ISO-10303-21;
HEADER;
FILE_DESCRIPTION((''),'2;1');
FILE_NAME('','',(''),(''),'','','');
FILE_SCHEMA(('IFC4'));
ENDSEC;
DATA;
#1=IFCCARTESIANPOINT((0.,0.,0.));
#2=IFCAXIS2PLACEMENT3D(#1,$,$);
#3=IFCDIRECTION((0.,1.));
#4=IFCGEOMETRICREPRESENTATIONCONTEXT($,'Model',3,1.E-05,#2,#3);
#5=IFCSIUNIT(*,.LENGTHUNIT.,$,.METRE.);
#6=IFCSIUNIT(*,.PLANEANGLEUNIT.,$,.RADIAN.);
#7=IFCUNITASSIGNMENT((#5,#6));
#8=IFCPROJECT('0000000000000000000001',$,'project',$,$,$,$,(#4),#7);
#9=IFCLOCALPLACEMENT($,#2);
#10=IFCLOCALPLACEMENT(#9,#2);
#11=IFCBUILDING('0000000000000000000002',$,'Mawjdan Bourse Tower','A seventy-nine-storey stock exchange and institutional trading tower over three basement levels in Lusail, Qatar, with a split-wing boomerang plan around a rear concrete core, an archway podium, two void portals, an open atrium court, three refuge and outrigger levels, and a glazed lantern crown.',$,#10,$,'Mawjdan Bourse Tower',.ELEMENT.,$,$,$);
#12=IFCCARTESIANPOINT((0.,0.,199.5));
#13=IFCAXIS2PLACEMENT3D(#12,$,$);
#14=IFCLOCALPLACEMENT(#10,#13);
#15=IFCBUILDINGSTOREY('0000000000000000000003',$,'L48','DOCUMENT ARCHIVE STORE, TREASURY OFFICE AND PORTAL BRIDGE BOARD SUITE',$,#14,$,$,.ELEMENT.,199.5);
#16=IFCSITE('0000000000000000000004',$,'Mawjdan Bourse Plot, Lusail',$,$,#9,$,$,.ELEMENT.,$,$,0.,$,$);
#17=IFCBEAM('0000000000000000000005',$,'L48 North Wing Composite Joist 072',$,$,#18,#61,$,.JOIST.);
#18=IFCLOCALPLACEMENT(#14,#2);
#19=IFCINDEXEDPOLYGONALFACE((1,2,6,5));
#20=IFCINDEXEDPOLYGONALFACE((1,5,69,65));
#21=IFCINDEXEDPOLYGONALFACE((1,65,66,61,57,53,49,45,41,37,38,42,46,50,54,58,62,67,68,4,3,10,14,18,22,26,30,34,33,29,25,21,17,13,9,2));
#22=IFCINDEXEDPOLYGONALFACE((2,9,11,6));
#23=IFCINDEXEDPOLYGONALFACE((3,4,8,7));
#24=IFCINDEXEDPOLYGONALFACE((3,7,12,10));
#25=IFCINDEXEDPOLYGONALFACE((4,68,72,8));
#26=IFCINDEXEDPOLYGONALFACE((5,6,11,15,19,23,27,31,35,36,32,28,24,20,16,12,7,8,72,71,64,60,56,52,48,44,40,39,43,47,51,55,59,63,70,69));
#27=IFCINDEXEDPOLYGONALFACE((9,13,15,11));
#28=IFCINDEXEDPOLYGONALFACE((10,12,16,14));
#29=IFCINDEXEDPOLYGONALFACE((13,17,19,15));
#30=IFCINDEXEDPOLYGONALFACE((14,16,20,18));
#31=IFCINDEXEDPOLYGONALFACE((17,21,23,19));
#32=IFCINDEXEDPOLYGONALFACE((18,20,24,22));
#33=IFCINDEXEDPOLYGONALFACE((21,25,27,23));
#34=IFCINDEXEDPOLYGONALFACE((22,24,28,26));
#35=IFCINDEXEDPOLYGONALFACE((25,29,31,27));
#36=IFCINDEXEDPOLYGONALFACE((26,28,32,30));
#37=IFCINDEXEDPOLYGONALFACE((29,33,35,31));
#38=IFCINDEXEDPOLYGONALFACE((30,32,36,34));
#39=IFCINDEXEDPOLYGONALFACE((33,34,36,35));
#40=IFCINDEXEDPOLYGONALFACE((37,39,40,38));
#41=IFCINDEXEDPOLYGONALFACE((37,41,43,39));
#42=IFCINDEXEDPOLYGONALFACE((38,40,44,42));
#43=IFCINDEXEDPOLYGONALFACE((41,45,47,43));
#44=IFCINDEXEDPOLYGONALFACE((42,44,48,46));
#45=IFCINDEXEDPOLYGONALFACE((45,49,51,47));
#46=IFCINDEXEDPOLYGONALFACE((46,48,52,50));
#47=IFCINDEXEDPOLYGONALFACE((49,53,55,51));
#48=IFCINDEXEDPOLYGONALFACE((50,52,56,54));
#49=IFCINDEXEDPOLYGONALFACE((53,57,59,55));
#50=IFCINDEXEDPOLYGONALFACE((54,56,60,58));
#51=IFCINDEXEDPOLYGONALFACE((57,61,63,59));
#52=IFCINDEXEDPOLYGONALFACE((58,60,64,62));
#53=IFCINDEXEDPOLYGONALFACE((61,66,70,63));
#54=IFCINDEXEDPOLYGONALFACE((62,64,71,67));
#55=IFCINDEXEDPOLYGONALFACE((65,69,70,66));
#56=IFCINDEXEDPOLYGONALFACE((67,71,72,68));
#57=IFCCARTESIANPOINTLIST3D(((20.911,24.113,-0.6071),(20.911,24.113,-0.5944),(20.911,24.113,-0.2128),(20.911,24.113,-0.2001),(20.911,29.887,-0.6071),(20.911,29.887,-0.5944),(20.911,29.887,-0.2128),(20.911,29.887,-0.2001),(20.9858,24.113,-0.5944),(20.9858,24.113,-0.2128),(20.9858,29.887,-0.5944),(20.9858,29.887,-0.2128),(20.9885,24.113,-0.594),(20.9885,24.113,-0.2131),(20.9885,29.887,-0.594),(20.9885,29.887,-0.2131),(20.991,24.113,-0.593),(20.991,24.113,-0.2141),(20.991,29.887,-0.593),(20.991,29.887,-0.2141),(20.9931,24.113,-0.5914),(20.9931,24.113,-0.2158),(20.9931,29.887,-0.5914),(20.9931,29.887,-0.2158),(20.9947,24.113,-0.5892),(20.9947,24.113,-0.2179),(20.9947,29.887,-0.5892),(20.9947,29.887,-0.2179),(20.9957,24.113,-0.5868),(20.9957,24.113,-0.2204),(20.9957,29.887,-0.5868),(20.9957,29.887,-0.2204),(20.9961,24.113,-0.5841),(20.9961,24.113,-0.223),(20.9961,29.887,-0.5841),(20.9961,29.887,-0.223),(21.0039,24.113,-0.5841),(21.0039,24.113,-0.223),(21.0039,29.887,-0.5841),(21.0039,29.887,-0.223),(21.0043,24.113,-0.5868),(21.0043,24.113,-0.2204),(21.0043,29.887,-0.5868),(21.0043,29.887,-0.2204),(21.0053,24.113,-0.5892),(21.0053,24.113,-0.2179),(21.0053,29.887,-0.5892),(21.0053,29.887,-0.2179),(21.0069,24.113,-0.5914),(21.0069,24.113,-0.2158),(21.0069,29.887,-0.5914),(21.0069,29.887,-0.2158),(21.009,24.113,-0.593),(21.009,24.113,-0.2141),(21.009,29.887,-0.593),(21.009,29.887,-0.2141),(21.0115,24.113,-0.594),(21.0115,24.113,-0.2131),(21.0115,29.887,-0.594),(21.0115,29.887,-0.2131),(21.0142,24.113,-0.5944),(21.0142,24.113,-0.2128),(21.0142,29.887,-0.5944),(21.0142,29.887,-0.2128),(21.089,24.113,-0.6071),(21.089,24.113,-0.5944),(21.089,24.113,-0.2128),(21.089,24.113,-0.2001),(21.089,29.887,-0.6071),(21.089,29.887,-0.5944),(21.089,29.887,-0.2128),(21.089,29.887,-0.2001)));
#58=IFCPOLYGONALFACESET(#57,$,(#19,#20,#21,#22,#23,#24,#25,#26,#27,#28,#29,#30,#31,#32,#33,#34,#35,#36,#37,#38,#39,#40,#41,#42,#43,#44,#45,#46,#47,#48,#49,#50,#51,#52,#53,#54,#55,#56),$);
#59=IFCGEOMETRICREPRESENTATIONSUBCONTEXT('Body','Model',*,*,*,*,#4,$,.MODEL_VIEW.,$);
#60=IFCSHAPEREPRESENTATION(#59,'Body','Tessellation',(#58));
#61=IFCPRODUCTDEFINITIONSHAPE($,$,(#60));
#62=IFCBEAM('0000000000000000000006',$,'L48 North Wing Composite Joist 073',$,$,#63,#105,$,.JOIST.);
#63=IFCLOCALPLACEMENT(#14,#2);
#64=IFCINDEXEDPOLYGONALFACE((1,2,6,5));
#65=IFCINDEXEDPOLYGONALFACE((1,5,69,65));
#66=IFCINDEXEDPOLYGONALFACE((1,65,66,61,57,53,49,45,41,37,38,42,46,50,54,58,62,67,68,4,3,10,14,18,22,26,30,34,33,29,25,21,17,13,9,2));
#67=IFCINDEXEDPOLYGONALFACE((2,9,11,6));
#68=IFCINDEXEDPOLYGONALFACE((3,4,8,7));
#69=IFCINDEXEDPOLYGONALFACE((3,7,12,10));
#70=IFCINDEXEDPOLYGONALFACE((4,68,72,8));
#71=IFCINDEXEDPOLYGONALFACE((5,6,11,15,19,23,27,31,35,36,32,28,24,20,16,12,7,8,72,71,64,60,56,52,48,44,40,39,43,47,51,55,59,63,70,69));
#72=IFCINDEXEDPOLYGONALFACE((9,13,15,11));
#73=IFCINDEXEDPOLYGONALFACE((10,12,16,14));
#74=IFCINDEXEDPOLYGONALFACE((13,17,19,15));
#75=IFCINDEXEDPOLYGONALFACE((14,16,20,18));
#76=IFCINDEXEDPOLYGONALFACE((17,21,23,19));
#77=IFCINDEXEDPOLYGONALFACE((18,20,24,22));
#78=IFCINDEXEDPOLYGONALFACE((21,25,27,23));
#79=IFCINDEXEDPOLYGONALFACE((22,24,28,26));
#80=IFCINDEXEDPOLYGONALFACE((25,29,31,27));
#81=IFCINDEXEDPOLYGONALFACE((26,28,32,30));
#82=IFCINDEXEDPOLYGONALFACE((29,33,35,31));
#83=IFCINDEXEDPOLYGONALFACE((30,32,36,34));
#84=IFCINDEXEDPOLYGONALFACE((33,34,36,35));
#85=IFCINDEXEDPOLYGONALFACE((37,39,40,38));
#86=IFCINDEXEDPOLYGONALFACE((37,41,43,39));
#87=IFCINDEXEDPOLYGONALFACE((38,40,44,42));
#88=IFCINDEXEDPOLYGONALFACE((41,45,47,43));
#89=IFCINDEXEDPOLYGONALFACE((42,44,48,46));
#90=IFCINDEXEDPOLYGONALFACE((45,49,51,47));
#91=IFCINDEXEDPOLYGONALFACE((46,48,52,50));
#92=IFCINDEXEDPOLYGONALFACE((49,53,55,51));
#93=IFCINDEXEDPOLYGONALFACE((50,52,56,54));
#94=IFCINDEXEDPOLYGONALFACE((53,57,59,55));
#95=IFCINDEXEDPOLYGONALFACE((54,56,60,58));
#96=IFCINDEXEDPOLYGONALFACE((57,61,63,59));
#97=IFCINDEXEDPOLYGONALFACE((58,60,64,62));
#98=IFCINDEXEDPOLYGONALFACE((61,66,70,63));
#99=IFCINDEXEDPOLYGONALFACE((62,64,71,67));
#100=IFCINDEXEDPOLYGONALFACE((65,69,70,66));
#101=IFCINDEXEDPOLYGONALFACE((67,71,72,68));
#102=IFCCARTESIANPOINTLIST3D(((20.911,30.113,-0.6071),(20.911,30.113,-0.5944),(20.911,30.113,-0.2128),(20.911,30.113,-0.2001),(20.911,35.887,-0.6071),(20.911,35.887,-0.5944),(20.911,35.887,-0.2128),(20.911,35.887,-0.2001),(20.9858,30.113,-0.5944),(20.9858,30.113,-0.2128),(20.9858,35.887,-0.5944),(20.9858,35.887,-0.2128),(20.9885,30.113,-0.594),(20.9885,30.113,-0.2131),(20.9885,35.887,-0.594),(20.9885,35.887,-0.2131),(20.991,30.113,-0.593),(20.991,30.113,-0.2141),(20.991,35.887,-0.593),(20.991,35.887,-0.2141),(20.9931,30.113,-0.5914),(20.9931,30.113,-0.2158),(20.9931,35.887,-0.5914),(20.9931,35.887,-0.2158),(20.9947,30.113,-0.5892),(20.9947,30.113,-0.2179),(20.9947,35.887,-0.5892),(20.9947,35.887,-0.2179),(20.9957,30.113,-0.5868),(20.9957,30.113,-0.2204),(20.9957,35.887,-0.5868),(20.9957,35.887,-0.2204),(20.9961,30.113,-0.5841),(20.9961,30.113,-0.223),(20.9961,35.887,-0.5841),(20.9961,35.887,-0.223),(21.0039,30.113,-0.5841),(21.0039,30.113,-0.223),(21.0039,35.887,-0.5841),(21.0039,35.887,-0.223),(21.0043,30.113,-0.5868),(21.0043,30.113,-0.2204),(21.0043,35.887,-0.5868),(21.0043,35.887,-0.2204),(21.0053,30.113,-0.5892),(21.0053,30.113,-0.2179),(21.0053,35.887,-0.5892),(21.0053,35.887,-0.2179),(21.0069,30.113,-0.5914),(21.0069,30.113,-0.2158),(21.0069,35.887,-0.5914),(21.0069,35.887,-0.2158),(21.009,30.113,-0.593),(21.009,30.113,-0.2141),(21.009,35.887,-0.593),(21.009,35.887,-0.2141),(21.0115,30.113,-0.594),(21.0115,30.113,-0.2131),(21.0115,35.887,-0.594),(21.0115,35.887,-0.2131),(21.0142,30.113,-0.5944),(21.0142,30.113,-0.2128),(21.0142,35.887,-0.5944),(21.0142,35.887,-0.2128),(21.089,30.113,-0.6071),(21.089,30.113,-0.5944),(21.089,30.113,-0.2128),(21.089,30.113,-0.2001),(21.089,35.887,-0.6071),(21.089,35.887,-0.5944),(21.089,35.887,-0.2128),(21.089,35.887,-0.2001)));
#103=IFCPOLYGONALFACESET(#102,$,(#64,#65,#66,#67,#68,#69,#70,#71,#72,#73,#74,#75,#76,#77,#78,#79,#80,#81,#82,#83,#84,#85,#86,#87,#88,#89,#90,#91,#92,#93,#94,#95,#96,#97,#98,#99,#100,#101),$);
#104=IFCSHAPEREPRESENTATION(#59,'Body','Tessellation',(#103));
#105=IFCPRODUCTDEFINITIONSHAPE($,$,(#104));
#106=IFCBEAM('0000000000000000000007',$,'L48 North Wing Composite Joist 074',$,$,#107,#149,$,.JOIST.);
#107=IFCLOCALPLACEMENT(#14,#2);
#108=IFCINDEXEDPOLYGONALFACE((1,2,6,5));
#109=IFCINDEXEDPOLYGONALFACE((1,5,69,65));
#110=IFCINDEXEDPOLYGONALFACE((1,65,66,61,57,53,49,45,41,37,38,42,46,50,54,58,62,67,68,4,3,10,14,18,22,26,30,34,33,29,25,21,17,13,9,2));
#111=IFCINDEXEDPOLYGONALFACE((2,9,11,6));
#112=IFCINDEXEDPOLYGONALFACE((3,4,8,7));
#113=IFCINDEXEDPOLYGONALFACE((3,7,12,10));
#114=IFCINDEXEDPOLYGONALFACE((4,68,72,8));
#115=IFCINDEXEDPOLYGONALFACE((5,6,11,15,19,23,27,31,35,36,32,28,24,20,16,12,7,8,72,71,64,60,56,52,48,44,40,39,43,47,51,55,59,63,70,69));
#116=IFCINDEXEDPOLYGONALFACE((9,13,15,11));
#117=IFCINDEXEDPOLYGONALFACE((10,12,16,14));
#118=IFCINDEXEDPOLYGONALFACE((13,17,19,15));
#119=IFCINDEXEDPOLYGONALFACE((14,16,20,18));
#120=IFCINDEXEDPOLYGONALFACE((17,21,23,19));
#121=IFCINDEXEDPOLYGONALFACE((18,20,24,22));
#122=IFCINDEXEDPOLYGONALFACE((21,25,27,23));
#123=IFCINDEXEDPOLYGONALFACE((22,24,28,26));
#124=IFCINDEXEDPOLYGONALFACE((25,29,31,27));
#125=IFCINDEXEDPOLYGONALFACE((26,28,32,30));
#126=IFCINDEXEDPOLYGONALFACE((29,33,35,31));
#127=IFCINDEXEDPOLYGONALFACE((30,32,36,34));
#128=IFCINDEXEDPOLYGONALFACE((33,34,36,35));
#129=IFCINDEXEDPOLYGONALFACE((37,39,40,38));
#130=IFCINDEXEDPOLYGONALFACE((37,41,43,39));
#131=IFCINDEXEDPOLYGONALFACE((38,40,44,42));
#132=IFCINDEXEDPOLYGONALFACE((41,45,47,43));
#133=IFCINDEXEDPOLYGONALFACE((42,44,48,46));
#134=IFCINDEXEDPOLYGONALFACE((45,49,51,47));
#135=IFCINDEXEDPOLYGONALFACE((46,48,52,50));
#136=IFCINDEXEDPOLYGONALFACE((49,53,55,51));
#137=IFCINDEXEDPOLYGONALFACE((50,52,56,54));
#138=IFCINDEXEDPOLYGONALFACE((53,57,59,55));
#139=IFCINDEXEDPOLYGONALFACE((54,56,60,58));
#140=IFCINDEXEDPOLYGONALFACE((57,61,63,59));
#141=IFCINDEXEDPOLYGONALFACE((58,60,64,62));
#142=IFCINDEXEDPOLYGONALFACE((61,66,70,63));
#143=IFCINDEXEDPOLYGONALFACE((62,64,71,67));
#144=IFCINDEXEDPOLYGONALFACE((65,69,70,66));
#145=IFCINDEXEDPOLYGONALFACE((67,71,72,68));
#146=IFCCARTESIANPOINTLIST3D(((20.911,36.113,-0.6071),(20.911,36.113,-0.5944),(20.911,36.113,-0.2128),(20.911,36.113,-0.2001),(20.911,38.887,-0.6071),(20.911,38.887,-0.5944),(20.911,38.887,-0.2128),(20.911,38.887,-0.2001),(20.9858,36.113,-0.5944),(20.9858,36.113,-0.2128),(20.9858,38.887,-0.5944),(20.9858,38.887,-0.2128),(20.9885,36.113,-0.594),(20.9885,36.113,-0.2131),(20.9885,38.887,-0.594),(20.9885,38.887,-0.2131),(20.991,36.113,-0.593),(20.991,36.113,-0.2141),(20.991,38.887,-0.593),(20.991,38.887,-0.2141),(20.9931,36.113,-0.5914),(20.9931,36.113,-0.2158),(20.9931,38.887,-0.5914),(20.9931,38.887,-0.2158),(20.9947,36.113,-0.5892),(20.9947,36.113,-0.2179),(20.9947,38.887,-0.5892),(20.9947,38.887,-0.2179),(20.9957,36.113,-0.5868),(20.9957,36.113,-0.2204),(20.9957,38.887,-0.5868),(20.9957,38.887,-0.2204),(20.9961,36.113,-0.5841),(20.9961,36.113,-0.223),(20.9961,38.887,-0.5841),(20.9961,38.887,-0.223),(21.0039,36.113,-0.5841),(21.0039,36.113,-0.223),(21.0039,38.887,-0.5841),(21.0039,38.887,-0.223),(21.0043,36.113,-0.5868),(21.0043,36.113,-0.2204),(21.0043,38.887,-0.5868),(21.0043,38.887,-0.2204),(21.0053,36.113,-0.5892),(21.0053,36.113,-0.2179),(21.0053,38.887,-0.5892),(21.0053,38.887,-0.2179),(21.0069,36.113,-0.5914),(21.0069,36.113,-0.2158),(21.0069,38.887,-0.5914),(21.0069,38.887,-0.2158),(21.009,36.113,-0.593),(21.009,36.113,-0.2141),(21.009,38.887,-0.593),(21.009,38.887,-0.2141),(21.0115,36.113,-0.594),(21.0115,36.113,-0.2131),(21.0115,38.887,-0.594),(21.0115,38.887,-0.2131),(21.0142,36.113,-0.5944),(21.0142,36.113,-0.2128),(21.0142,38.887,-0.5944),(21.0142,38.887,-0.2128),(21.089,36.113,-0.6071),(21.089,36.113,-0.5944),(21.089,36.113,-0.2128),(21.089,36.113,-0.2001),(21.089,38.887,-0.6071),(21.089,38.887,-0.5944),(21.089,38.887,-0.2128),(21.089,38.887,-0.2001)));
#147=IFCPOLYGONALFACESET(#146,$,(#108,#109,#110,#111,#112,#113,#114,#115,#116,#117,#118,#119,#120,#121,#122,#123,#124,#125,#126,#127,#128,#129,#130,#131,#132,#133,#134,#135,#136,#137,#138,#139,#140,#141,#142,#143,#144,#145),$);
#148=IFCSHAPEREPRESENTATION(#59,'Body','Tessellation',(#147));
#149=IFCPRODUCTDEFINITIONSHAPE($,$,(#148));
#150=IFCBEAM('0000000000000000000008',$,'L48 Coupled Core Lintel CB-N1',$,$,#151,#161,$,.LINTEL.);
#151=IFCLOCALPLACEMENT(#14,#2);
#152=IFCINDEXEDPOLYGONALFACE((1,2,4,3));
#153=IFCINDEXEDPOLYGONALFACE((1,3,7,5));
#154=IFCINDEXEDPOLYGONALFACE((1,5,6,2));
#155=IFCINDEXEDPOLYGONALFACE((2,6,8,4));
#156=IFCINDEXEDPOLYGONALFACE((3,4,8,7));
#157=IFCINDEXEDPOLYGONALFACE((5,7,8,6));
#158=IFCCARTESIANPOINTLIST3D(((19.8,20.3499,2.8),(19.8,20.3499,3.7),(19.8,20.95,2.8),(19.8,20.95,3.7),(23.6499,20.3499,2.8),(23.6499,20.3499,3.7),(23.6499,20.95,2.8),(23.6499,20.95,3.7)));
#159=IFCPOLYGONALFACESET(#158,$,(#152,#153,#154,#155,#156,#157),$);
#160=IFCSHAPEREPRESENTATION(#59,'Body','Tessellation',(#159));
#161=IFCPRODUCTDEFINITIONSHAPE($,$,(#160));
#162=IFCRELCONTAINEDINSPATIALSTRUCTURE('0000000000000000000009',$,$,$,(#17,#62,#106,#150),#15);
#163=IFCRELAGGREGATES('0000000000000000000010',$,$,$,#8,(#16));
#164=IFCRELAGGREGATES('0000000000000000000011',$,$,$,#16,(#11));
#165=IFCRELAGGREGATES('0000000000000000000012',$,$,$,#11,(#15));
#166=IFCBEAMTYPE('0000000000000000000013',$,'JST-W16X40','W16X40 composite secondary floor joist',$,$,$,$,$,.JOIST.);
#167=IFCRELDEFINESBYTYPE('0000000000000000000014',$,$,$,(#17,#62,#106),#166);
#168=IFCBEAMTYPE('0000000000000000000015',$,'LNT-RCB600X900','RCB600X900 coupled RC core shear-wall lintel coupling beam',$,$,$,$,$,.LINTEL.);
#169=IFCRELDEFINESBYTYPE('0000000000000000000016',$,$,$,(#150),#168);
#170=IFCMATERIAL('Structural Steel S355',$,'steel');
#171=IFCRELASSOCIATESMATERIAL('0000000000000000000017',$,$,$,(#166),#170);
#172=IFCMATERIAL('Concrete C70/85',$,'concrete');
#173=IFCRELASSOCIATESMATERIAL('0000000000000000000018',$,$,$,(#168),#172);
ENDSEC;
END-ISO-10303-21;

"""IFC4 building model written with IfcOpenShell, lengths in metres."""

from ifc_helpers import new_model, si_unit, direction, frame, origin, origin_2d, place, context, subcontext, project, spatial, rectangle, i_section, extrude, material, material_profile, profile_set, type_object, element, save


model = new_model("IFC4")

# Units and contexts
model_context = context("Model", 3, precision=1e-05, world=origin(), true_north=direction((0.0, 1.0)))
body_context = subcontext(model_context, "Body", "Model", "MODEL_VIEW")
ifc_project = project(units=[si_unit("LENGTHUNIT", "METRE"), si_unit("PLANEANGLEUNIT", "RADIAN")], contexts=[model_context])

# Site, building, storey
site_placement = place(None, origin())
site = spatial("IfcSite", under=ifc_project, at=site_placement, Name="Mawjdan Bourse Plot, Lusail", CompositionType="ELEMENT", RefElevation=0.0)
building_placement = place(site_placement, origin())
building = spatial("IfcBuilding", under=site, at=building_placement, Name="Mawjdan Bourse Tower", Description="A seventy-nine-storey stock exchange and institutional trading tower over three basement levels in Lusail, Qatar, with a split-wing boomerang plan around a rear concrete core, an archway podium, two void portals, an open atrium court, three refuge and outrigger levels, and a glazed lantern crown.", LongName="Mawjdan Bourse Tower", CompositionType="ELEMENT")
storey_placement = place(building_placement, frame((0.0, 0.0, 199.5)))
storey = spatial("IfcBuildingStorey", under=building, at=storey_placement, Name="L48", Description="DOCUMENT ARCHIVE STORE, TREASURY OFFICE AND PORTAL BRIDGE BOARD SUITE", CompositionType="ELEMENT", Elevation=199.5)

# Shared definitions
ifc_material_1 = material(Name="Concrete C70/85", Category="concrete")

# Beams
ifc_material_2 = material(Name="Structural Steel S355", Category="steel")
ifc_material_profile_1 = material_profile(ifc_material_2, i_section(OverallWidth=0.178, OverallDepth=0.407, WebThickness=0.0078, FlangeThickness=0.0127, FilletRadius=0.0103, at=origin_2d()), Name="W16X40")
ifc_profile_set_1 = profile_set([ifc_material_profile_1], Name="Structural Steel S355")
beam_type_1 = type_object("IfcBeamType", Name="JST-W16X40", Description="W16X40 composite secondary floor joist", PredefinedType="JOIST", material=ifc_profile_set_1)
for number, where, z_axis, x_axis, name in (
    (1, (21.0, 24.113, -0.4036), (0.0, 1.0, 0.0), (-1.0, 0.0, 0.0), "L48 North Wing Composite Joist 072"),
    (2, (21.0, 30.113, -0.4036), (0.0, 1.0, 0.0), (-1.0, 0.0, 0.0), "L48 North Wing Composite Joist 073"),
):
    element("IfcBeam", number, at=place(storey_placement, frame(where, z_axis=z_axis, x_axis=x_axis)), inside=storey, type_object=beam_type_1, Name=name, PredefinedType="JOIST", context=body_context, shape_type="SweptSolid", body=[
        extrude(i_section(OverallWidth=0.178, OverallDepth=0.407, WebThickness=0.0078, FlangeThickness=0.0127, FilletRadius=0.0103, at=origin_2d()), origin(), (0.0, 0.0, 1.0), 5.7739),
    ])
beam_1_placement = place(storey_placement, frame((21.0, 36.113, -0.4036), z_axis=(0.0, 1.0, 0.0), x_axis=(-1.0, 0.0, 0.0)))
element("IfcBeam", 3, at=beam_1_placement, inside=storey, type_object=beam_type_1, Name="L48 North Wing Composite Joist 074", PredefinedType="JOIST", context=body_context, shape_type="SweptSolid", body=[
    extrude(i_section(OverallWidth=0.178, OverallDepth=0.407, WebThickness=0.0078, FlangeThickness=0.0127, FilletRadius=0.0103, at=origin_2d()), origin(), (0.0, 0.0, 1.0), 2.7739),
])
ifc_material_profile_2 = material_profile(ifc_material_1, rectangle(XDim=0.6001, YDim=0.8999, at=origin_2d()), Name="RCB600X900")
ifc_profile_set_2 = profile_set([ifc_material_profile_2], Name="Concrete C70/85")
beam_type_2 = type_object("IfcBeamType", Name="LNT-RCB600X900", Description="RCB600X900 coupled RC core shear-wall lintel coupling beam", PredefinedType="LINTEL", material=ifc_profile_set_2)
beam_2_placement = place(storey_placement, frame((19.8, 20.6499, 3.25), z_axis=(1.0, 0.0, 0.0), x_axis=(0.0, 1.0, 0.0)))
element("IfcBeam", 4, at=beam_2_placement, inside=storey, type_object=beam_type_2, Name="L48 Coupled Core Lintel CB-N1", PredefinedType="LINTEL", context=body_context, shape_type="SweptSolid", body=[
    extrude(rectangle(XDim=0.6001, YDim=0.8999, at=origin_2d()), origin(), (0.0, 0.0, 1.0), 3.8499),
])

save(model, "model.ifc")
